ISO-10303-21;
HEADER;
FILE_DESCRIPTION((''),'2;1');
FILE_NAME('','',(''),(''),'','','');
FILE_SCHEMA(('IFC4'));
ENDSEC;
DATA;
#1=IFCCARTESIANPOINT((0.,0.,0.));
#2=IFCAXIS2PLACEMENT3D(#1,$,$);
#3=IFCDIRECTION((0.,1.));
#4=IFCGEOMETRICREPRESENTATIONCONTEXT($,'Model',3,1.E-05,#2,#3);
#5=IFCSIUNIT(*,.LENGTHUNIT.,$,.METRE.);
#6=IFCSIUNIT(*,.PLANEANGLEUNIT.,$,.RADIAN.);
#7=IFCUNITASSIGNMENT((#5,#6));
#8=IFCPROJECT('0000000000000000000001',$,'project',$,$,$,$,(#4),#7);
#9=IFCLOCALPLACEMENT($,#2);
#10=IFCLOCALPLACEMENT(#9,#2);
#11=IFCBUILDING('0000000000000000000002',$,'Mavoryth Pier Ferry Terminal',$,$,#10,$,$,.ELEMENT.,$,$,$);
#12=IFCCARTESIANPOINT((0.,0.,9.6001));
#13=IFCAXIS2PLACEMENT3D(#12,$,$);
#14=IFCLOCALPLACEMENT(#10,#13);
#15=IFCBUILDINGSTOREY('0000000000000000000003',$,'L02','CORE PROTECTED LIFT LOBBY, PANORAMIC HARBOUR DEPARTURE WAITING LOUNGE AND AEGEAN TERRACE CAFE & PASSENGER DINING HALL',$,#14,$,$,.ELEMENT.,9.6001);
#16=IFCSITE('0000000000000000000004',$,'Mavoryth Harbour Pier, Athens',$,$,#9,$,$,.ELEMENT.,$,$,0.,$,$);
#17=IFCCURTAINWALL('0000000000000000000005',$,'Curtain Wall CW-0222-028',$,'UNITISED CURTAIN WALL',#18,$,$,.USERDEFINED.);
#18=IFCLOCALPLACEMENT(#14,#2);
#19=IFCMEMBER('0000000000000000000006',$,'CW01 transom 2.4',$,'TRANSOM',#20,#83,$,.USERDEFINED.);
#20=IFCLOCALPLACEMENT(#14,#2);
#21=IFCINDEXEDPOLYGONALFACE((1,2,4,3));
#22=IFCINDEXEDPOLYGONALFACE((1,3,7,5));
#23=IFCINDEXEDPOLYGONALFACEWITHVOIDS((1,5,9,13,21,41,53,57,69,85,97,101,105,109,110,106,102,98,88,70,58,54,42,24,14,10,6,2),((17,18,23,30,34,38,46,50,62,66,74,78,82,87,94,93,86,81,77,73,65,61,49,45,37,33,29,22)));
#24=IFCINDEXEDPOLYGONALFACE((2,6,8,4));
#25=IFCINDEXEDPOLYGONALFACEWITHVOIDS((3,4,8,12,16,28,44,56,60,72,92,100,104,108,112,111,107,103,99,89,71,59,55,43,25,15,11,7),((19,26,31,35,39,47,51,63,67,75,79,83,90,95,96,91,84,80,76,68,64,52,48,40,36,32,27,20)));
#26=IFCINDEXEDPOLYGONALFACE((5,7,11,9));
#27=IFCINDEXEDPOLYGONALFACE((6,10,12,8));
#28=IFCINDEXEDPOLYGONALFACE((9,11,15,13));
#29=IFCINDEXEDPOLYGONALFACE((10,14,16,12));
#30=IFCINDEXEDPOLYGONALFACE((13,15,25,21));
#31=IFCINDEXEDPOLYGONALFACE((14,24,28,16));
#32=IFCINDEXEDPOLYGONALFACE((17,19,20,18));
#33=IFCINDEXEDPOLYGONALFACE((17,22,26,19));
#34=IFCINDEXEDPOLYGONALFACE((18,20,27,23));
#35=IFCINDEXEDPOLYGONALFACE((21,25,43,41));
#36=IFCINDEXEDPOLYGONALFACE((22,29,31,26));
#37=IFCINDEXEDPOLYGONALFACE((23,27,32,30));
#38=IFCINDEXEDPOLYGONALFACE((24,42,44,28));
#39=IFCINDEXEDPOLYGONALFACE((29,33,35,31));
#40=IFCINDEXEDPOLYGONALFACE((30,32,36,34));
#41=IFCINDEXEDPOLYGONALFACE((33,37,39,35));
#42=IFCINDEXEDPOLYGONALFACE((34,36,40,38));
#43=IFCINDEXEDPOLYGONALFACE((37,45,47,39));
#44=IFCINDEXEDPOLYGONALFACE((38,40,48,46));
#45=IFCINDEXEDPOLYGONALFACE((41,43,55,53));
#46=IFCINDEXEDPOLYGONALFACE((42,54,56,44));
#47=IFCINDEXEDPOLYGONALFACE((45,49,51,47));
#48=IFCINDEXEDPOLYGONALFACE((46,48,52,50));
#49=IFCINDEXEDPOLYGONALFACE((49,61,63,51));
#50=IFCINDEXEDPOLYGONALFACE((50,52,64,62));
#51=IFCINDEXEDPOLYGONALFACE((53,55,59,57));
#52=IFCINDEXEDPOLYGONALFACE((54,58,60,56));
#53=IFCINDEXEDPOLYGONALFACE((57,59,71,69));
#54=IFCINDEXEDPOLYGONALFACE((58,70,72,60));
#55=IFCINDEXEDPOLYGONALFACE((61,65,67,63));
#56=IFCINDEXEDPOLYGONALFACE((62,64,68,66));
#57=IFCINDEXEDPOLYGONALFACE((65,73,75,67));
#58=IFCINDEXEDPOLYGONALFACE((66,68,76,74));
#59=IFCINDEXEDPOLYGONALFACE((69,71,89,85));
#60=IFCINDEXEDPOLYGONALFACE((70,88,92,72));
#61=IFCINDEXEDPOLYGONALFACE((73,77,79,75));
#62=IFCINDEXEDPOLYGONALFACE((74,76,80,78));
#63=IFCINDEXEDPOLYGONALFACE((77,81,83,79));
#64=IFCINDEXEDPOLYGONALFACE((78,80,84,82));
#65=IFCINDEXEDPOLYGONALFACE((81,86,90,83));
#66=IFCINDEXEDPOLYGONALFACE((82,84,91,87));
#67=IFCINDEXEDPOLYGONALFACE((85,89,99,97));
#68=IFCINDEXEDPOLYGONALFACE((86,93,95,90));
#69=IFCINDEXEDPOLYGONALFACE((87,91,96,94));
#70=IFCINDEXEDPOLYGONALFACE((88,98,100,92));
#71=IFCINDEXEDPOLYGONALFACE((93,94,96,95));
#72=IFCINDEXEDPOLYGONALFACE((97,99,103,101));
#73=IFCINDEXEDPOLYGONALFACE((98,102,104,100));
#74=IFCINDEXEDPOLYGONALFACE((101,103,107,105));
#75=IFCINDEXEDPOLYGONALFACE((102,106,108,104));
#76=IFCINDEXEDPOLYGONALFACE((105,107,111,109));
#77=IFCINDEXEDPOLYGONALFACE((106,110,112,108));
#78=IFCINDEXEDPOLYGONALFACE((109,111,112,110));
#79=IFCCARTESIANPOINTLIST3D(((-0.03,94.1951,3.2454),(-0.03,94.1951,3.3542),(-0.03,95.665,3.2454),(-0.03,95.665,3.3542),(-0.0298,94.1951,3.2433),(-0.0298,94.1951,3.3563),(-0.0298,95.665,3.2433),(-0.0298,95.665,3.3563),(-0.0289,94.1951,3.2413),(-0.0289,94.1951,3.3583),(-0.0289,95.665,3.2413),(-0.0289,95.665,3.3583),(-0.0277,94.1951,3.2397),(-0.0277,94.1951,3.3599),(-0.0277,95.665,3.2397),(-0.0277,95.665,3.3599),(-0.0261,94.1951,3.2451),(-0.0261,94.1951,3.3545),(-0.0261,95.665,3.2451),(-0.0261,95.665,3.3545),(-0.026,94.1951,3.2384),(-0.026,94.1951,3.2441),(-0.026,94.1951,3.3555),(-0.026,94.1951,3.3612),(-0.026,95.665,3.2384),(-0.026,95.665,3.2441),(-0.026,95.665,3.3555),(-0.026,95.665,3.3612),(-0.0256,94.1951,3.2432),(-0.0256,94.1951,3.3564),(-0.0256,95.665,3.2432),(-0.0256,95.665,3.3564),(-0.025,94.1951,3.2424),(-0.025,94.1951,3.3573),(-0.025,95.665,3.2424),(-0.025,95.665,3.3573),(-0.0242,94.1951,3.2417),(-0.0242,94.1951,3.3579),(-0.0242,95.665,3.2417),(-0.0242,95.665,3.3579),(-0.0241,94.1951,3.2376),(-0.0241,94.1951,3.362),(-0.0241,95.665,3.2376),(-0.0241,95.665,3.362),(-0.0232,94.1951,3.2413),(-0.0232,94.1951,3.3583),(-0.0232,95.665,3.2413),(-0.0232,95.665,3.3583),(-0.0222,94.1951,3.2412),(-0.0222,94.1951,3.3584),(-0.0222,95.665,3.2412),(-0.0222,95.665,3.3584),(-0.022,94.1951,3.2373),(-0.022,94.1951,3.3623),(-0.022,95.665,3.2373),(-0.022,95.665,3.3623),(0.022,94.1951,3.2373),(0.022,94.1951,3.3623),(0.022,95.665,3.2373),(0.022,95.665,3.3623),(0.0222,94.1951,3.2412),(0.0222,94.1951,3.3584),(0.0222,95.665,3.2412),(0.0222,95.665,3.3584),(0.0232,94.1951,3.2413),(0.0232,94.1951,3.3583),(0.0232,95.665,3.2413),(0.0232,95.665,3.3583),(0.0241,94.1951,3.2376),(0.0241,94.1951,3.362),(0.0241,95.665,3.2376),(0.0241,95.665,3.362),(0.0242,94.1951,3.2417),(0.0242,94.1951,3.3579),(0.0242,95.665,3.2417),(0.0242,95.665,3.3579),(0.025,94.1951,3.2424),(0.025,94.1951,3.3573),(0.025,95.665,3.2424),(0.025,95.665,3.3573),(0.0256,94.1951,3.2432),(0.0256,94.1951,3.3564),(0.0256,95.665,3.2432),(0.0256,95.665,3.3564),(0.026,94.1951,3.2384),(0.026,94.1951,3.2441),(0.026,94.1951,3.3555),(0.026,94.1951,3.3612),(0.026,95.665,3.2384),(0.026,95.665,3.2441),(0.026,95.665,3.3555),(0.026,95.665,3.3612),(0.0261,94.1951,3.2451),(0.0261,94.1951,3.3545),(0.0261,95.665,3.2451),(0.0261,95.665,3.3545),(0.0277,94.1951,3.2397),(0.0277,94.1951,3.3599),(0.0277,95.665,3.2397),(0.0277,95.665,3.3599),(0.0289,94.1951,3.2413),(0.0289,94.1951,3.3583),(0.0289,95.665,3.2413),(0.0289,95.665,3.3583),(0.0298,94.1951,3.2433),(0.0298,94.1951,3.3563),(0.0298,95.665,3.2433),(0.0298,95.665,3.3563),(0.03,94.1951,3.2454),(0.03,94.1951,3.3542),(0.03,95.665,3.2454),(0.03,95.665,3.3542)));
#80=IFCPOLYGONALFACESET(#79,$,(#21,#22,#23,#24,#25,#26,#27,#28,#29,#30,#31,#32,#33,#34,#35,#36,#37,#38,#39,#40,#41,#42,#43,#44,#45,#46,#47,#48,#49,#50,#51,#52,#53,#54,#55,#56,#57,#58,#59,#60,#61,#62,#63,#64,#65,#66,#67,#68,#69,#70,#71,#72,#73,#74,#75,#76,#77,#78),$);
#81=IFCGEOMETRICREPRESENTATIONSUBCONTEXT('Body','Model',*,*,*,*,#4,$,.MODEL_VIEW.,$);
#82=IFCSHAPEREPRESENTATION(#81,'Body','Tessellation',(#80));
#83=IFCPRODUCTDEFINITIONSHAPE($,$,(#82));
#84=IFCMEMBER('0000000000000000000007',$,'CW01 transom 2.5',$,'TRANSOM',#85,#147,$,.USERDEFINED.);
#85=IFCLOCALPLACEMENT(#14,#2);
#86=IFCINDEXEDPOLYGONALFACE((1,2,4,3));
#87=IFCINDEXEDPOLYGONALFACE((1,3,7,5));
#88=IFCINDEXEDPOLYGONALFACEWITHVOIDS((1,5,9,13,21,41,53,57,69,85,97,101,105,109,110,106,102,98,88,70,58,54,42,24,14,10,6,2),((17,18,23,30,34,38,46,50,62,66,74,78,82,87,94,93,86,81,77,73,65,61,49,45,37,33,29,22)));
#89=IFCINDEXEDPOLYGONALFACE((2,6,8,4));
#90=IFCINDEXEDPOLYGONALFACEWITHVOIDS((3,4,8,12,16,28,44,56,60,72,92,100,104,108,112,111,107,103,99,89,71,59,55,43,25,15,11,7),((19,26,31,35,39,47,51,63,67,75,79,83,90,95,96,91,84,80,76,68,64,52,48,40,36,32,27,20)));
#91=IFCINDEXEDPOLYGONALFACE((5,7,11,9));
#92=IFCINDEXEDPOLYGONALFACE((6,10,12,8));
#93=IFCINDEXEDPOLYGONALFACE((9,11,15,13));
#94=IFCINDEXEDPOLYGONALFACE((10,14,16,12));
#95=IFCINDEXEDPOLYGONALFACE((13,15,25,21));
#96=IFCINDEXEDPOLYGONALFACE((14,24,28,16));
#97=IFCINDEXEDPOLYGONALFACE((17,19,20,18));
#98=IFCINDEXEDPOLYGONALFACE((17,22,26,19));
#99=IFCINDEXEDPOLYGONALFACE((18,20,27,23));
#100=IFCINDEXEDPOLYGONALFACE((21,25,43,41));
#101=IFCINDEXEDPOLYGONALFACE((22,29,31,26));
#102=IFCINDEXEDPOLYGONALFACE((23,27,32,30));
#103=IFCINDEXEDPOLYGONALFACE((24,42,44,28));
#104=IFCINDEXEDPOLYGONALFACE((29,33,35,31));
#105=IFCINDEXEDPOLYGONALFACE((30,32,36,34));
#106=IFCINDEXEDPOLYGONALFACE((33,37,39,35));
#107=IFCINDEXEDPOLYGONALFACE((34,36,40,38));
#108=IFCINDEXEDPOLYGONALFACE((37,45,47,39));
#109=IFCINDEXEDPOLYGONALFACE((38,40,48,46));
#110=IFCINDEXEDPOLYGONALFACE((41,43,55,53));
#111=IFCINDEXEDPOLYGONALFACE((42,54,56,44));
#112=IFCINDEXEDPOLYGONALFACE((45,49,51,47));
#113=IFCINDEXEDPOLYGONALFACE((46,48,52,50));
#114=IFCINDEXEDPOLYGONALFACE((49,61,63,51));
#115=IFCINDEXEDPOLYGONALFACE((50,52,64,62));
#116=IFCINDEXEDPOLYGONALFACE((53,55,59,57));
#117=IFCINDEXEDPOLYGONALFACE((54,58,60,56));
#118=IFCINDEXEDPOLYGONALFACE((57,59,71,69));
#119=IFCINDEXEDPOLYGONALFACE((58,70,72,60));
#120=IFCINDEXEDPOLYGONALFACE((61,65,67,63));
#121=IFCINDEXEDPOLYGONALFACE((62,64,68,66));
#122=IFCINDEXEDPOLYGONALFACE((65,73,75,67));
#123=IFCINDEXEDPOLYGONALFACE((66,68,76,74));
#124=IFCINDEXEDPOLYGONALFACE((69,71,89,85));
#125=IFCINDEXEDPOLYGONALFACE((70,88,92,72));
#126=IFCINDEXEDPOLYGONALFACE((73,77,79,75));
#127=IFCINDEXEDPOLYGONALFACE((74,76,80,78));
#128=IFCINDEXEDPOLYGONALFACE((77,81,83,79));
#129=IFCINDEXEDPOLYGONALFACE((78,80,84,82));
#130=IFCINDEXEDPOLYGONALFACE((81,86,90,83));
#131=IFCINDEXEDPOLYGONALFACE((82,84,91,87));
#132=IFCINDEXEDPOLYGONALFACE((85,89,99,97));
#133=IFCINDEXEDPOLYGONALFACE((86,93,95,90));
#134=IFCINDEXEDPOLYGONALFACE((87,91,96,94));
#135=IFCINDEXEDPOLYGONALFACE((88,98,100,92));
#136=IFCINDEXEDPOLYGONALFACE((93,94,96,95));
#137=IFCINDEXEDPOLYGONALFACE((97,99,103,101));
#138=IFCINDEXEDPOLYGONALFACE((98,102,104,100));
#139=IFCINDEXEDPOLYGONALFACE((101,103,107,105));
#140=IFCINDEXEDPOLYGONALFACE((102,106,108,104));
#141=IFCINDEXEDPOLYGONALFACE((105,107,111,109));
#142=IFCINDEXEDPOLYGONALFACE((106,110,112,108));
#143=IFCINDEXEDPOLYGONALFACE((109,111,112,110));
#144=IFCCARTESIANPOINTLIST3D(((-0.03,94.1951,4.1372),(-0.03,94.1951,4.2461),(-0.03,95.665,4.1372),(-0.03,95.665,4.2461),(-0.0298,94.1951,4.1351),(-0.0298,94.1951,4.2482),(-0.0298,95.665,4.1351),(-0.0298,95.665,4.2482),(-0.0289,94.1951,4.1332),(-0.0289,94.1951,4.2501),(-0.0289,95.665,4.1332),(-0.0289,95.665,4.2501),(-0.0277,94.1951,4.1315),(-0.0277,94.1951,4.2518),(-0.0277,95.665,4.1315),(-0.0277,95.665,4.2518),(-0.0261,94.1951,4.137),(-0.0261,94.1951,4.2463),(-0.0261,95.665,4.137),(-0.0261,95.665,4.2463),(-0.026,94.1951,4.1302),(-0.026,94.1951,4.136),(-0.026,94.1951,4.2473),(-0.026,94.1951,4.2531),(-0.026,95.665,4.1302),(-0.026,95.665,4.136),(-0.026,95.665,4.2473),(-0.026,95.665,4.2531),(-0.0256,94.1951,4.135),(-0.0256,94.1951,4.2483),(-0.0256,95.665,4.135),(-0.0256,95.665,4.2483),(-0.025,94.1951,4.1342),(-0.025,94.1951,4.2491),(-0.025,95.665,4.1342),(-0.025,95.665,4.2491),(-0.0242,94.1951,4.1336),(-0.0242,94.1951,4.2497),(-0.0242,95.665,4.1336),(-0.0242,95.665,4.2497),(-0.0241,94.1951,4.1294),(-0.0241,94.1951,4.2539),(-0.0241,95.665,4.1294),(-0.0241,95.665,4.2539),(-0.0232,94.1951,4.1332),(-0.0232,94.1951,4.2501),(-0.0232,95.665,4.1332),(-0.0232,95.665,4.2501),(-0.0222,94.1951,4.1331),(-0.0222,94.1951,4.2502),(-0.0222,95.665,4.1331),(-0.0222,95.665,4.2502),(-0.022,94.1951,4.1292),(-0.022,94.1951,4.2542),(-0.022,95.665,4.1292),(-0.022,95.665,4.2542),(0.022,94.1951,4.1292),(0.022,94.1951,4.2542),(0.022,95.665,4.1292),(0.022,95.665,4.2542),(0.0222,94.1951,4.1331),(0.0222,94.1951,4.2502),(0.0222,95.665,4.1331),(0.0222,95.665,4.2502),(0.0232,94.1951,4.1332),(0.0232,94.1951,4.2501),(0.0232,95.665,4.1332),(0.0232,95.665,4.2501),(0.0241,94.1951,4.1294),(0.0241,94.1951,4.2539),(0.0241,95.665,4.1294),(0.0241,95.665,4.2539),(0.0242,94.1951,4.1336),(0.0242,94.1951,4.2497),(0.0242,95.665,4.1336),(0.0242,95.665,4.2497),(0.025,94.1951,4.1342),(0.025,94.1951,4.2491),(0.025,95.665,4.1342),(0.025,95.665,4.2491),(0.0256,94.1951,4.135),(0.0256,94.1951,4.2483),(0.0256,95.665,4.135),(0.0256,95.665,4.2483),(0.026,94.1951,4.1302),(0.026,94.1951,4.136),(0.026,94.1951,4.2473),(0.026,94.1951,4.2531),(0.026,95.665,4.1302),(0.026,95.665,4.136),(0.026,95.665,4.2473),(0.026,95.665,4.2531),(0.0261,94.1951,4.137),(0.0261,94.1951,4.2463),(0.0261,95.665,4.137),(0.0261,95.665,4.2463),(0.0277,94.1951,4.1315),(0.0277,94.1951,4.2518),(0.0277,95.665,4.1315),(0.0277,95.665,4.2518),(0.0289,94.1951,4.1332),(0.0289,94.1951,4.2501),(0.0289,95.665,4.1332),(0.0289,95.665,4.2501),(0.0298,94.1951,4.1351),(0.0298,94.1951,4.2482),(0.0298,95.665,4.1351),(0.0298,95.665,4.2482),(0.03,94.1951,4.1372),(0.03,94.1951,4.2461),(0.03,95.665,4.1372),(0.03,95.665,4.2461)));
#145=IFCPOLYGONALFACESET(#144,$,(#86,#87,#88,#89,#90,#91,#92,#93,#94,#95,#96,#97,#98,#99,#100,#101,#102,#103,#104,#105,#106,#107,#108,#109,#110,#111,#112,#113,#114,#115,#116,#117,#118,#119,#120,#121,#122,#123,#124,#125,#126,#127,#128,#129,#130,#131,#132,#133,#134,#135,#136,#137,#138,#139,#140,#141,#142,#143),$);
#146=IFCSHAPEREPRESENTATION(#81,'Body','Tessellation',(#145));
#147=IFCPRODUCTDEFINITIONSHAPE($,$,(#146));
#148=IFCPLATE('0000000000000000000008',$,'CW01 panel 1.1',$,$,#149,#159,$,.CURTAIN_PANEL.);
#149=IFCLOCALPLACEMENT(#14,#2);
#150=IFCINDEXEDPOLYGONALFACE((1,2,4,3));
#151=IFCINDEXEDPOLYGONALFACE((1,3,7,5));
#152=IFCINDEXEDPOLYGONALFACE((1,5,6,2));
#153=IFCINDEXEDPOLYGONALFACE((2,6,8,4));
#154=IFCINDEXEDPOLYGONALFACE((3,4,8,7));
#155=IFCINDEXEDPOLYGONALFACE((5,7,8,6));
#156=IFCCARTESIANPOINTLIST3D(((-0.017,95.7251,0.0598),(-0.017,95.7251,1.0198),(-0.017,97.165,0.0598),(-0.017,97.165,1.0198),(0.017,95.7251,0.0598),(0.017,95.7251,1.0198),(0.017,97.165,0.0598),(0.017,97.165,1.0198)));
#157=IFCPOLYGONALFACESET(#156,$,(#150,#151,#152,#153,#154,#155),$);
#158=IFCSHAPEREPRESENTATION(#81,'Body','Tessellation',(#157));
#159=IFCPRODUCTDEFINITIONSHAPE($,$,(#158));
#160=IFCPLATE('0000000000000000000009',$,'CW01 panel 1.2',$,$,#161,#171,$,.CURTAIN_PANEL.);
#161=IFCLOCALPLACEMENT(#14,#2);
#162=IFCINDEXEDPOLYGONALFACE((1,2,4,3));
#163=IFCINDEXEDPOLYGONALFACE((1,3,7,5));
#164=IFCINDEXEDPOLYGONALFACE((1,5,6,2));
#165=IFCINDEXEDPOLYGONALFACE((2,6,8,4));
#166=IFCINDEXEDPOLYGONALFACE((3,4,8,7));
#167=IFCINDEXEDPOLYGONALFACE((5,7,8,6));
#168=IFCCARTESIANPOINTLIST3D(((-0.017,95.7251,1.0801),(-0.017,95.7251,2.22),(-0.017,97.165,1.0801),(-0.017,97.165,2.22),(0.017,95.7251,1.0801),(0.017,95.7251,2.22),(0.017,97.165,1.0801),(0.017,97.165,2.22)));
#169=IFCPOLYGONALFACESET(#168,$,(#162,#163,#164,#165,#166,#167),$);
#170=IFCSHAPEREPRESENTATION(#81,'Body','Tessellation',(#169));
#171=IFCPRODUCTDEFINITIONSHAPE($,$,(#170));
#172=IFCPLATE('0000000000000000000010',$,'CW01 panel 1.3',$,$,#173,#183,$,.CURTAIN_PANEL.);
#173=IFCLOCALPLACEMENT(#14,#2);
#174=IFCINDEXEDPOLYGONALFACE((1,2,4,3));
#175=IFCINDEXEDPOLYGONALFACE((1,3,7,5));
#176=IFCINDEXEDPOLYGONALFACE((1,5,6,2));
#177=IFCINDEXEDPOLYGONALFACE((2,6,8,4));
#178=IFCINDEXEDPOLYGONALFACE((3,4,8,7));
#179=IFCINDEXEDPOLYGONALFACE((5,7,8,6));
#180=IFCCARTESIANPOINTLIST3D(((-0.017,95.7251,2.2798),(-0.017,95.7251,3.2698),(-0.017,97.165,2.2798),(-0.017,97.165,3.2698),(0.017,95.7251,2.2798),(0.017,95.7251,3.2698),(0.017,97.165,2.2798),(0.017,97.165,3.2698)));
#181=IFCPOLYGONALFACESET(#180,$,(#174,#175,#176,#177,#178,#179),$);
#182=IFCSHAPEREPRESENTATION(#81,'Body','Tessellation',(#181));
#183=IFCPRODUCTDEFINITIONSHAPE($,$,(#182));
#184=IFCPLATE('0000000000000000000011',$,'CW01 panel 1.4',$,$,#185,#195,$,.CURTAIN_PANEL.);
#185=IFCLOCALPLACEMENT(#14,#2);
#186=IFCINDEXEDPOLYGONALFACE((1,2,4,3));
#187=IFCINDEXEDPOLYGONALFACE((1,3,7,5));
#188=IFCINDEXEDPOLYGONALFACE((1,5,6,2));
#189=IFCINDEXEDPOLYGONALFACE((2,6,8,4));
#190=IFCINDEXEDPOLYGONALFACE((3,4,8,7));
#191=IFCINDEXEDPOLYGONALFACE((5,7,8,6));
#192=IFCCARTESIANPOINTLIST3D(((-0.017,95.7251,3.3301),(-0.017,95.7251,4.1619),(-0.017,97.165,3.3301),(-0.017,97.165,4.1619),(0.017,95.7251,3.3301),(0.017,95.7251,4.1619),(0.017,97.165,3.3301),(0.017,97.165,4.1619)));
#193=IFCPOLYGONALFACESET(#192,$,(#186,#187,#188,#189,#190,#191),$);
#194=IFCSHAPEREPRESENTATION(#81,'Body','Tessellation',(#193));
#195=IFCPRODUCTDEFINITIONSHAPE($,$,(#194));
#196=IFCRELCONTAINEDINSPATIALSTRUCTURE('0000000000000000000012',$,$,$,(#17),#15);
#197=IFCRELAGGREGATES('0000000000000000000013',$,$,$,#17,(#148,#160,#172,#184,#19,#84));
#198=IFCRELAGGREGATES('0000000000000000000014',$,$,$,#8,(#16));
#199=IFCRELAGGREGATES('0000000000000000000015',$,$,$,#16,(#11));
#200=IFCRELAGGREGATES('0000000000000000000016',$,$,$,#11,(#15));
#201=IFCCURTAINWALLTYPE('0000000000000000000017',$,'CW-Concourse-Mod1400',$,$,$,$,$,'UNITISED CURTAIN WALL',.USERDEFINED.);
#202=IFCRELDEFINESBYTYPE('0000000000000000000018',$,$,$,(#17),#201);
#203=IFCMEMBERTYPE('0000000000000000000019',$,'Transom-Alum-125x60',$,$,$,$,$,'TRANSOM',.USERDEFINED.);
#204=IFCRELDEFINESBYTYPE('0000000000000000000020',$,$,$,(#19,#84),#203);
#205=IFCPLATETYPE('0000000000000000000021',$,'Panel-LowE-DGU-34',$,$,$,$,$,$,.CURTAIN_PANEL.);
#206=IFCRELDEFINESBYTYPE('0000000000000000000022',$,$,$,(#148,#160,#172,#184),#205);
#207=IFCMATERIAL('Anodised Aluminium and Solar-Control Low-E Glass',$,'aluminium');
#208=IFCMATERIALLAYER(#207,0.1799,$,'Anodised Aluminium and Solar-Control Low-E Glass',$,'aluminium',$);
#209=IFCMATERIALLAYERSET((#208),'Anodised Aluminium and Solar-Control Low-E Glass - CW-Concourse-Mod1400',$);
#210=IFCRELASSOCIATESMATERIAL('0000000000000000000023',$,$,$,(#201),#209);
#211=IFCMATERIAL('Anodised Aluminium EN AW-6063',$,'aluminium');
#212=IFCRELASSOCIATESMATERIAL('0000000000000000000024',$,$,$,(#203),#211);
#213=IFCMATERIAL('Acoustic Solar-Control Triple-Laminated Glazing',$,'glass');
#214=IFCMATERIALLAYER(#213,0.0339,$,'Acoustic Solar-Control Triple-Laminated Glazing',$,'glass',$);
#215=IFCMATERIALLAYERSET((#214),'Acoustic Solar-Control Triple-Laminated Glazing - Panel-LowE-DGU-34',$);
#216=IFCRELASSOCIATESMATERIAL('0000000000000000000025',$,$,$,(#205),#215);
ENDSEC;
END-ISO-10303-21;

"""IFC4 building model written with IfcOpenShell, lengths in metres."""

from ifc_helpers import new_model, si_unit, direction, frame, origin, origin_2d, place, context, subcontext, project, spatial, rectangle, hollow_rectangle, extrude, material, layer, layer_set, material_profile, profile_set, type_object, element, aggregate, save


model = new_model("IFC4")

# Units and contexts
model_context = context("Model", 3, precision=1e-05, world=origin(), true_north=direction((0.0, 1.0)))
body_context = subcontext(model_context, "Body", "Model", "MODEL_VIEW")
ifc_project = project(units=[si_unit("LENGTHUNIT", "METRE"), si_unit("PLANEANGLEUNIT", "RADIAN")], contexts=[model_context])

# Site, building, storey
site_placement = place(None, origin())
site = spatial("IfcSite", under=ifc_project, at=site_placement, Name="Mavoryth Harbour Pier, Athens", CompositionType="ELEMENT", RefElevation=0.0)
building_placement = place(site_placement, origin())
building = spatial("IfcBuilding", under=site, at=building_placement, Name="Mavoryth Pier Ferry Terminal", CompositionType="ELEMENT")
storey_placement = place(building_placement, frame((0.0, 0.0, 9.6001)))
storey = spatial("IfcBuildingStorey", under=building, at=storey_placement, Name="L02", Description="CORE PROTECTED LIFT LOBBY, PANORAMIC HARBOUR DEPARTURE WAITING LOUNGE AND AEGEAN TERRACE CAFE & PASSENGER DINING HALL", CompositionType="ELEMENT", Elevation=9.6001)

# Curtain wall
ifc_material_1 = material(Name="Anodised Aluminium and Solar-Control Low-E Glass", Category="aluminium")
ifc_layer_1 = layer(ifc_material_1, 0.1799, Name="Anodised Aluminium and Solar-Control Low-E Glass", Category="aluminium")
ifc_layer_set_1 = layer_set([ifc_layer_1], Name="Anodised Aluminium and Solar-Control Low-E Glass - CW-Concourse-Mod1400")
curtain_wall_type = type_object("IfcCurtainWallType", Name="CW-Concourse-Mod1400", ElementType="UNITISED CURTAIN WALL", PredefinedType="USERDEFINED", material=ifc_layer_set_1)
curtain_wall_placement = place(storey_placement, origin())
curtain_wall = element("IfcCurtainWall", 1, at=curtain_wall_placement, inside=storey, type_object=curtain_wall_type, Name="Curtain Wall CW-0222-028", ObjectType="UNITISED CURTAIN WALL", PredefinedType="USERDEFINED")
ifc_material_2 = material(Name="Anodised Aluminium EN AW-6063", Category="aluminium")

# Members
ifc_material_profile_1 = material_profile(ifc_material_2, hollow_rectangle(XDim=0.0601, YDim=0.125, WallThickness=0.0039, InnerFilletRadius=0.0039, OuterFilletRadius=0.0081, at=origin_2d()), Name="AL-TRAN 125x60x4", Category="aluminium")
ifc_profile_set_1 = profile_set([ifc_material_profile_1], Name="Anodised Aluminium EN AW-6063 - AL-TRAN 125x60x4")
member_type_1 = type_object("IfcMemberType", Name="Transom-Alum-125x60", ElementType="TRANSOM", PredefinedType="USERDEFINED", material=ifc_profile_set_1)
member_1_placement = place(storey_placement, frame((0.0, 95.665, 3.2998), z_axis=(0.0, -1.0, 0.0), x_axis=(1.0, 0.0, 0.0)))
member_1 = element("IfcMember", 2, at=member_1_placement, type_object=member_type_1, Name="CW01 transom 2.4", ObjectType="TRANSOM", PredefinedType="USERDEFINED", context=body_context, shape_type="SweptSolid", body=[
    extrude(hollow_rectangle(XDim=0.0601, YDim=0.125, WallThickness=0.0039, InnerFilletRadius=0.0039, OuterFilletRadius=0.0081, at=origin_2d()), origin(), (0.0, 0.0, 1.0), 1.47),
])
member_2_placement = place(storey_placement, frame((0.0, 95.665, 4.1917), z_axis=(0.0, -1.0, 0.0), x_axis=(1.0, 0.0, 0.0)))
member_2 = element("IfcMember", 3, at=member_2_placement, type_object=member_type_1, Name="CW01 transom 2.5", ObjectType="TRANSOM", PredefinedType="USERDEFINED", context=body_context, shape_type="SweptSolid", body=[
    extrude(hollow_rectangle(XDim=0.0601, YDim=0.125, WallThickness=0.0039, InnerFilletRadius=0.0039, OuterFilletRadius=0.0081, at=origin_2d()), origin(), (0.0, 0.0, 1.0), 1.47),
])

# Plates
ifc_material_3 = material(Name="Acoustic Solar-Control Triple-Laminated Glazing", Category="glass")
ifc_layer_2 = layer(ifc_material_3, 0.0339, Name="Acoustic Solar-Control Triple-Laminated Glazing", Category="glass")
ifc_layer_set_2 = layer_set([ifc_layer_2], Name="Acoustic Solar-Control Triple-Laminated Glazing - Panel-LowE-DGU-34")
plate_type_1 = type_object("IfcPlateType", Name="Panel-LowE-DGU-34", PredefinedType="CURTAIN_PANEL", material=ifc_layer_set_2)
plate_1_placement = place(storey_placement, frame((0.0, 96.4451, 0.0598), z_axis=(0.0, 0.0, 1.0), x_axis=(0.0, -1.0, 0.0)))
plate_1 = element("IfcPlate", 4, at=plate_1_placement, type_object=plate_type_1, Name="CW01 panel 1.1", PredefinedType="CURTAIN_PANEL", context=body_context, shape_type="SweptSolid", body=[
    extrude(rectangle(XDim=1.4399, YDim=0.0339, at=origin_2d()), origin(), (0.0, 0.0, 1.0), 0.96),
])
plate_2_placement = place(storey_placement, frame((0.0, 96.4451, 1.0801), z_axis=(0.0, 0.0, 1.0), x_axis=(0.0, -1.0, 0.0)))
plate_2 = element("IfcPlate", 5, at=plate_2_placement, type_object=plate_type_1, Name="CW01 panel 1.2", PredefinedType="CURTAIN_PANEL", context=body_context, shape_type="SweptSolid", body=[
    extrude(rectangle(XDim=1.4399, YDim=0.0339, at=origin_2d()), origin(), (0.0, 0.0, 1.0), 1.1399),
])
plate_3_placement = place(storey_placement, frame((0.0, 96.4451, 2.2798), z_axis=(0.0, 0.0, 1.0), x_axis=(0.0, -1.0, 0.0)))
plate_3 = element("IfcPlate", 6, at=plate_3_placement, type_object=plate_type_1, Name="CW01 panel 1.3", PredefinedType="CURTAIN_PANEL", context=body_context, shape_type="SweptSolid", body=[
    extrude(rectangle(XDim=1.4399, YDim=0.0339, at=origin_2d()), origin(), (0.0, 0.0, 1.0), 0.99),
])
plate_4_placement = place(storey_placement, frame((0.0, 96.4451, 3.3301), z_axis=(0.0, 0.0, 1.0), x_axis=(0.0, -1.0, 0.0)))
plate_4 = element("IfcPlate", 7, at=plate_4_placement, type_object=plate_type_1, Name="CW01 panel 1.4", PredefinedType="CURTAIN_PANEL", context=body_context, shape_type="SweptSolid", body=[
    extrude(rectangle(XDim=1.4399, YDim=0.0339, at=origin_2d()), origin(), (0.0, 0.0, 1.0), 0.8318),
])
aggregate(curtain_wall, [plate_1, plate_2, plate_3, plate_4, member_1, member_2])

save(model, "model.ifc")
